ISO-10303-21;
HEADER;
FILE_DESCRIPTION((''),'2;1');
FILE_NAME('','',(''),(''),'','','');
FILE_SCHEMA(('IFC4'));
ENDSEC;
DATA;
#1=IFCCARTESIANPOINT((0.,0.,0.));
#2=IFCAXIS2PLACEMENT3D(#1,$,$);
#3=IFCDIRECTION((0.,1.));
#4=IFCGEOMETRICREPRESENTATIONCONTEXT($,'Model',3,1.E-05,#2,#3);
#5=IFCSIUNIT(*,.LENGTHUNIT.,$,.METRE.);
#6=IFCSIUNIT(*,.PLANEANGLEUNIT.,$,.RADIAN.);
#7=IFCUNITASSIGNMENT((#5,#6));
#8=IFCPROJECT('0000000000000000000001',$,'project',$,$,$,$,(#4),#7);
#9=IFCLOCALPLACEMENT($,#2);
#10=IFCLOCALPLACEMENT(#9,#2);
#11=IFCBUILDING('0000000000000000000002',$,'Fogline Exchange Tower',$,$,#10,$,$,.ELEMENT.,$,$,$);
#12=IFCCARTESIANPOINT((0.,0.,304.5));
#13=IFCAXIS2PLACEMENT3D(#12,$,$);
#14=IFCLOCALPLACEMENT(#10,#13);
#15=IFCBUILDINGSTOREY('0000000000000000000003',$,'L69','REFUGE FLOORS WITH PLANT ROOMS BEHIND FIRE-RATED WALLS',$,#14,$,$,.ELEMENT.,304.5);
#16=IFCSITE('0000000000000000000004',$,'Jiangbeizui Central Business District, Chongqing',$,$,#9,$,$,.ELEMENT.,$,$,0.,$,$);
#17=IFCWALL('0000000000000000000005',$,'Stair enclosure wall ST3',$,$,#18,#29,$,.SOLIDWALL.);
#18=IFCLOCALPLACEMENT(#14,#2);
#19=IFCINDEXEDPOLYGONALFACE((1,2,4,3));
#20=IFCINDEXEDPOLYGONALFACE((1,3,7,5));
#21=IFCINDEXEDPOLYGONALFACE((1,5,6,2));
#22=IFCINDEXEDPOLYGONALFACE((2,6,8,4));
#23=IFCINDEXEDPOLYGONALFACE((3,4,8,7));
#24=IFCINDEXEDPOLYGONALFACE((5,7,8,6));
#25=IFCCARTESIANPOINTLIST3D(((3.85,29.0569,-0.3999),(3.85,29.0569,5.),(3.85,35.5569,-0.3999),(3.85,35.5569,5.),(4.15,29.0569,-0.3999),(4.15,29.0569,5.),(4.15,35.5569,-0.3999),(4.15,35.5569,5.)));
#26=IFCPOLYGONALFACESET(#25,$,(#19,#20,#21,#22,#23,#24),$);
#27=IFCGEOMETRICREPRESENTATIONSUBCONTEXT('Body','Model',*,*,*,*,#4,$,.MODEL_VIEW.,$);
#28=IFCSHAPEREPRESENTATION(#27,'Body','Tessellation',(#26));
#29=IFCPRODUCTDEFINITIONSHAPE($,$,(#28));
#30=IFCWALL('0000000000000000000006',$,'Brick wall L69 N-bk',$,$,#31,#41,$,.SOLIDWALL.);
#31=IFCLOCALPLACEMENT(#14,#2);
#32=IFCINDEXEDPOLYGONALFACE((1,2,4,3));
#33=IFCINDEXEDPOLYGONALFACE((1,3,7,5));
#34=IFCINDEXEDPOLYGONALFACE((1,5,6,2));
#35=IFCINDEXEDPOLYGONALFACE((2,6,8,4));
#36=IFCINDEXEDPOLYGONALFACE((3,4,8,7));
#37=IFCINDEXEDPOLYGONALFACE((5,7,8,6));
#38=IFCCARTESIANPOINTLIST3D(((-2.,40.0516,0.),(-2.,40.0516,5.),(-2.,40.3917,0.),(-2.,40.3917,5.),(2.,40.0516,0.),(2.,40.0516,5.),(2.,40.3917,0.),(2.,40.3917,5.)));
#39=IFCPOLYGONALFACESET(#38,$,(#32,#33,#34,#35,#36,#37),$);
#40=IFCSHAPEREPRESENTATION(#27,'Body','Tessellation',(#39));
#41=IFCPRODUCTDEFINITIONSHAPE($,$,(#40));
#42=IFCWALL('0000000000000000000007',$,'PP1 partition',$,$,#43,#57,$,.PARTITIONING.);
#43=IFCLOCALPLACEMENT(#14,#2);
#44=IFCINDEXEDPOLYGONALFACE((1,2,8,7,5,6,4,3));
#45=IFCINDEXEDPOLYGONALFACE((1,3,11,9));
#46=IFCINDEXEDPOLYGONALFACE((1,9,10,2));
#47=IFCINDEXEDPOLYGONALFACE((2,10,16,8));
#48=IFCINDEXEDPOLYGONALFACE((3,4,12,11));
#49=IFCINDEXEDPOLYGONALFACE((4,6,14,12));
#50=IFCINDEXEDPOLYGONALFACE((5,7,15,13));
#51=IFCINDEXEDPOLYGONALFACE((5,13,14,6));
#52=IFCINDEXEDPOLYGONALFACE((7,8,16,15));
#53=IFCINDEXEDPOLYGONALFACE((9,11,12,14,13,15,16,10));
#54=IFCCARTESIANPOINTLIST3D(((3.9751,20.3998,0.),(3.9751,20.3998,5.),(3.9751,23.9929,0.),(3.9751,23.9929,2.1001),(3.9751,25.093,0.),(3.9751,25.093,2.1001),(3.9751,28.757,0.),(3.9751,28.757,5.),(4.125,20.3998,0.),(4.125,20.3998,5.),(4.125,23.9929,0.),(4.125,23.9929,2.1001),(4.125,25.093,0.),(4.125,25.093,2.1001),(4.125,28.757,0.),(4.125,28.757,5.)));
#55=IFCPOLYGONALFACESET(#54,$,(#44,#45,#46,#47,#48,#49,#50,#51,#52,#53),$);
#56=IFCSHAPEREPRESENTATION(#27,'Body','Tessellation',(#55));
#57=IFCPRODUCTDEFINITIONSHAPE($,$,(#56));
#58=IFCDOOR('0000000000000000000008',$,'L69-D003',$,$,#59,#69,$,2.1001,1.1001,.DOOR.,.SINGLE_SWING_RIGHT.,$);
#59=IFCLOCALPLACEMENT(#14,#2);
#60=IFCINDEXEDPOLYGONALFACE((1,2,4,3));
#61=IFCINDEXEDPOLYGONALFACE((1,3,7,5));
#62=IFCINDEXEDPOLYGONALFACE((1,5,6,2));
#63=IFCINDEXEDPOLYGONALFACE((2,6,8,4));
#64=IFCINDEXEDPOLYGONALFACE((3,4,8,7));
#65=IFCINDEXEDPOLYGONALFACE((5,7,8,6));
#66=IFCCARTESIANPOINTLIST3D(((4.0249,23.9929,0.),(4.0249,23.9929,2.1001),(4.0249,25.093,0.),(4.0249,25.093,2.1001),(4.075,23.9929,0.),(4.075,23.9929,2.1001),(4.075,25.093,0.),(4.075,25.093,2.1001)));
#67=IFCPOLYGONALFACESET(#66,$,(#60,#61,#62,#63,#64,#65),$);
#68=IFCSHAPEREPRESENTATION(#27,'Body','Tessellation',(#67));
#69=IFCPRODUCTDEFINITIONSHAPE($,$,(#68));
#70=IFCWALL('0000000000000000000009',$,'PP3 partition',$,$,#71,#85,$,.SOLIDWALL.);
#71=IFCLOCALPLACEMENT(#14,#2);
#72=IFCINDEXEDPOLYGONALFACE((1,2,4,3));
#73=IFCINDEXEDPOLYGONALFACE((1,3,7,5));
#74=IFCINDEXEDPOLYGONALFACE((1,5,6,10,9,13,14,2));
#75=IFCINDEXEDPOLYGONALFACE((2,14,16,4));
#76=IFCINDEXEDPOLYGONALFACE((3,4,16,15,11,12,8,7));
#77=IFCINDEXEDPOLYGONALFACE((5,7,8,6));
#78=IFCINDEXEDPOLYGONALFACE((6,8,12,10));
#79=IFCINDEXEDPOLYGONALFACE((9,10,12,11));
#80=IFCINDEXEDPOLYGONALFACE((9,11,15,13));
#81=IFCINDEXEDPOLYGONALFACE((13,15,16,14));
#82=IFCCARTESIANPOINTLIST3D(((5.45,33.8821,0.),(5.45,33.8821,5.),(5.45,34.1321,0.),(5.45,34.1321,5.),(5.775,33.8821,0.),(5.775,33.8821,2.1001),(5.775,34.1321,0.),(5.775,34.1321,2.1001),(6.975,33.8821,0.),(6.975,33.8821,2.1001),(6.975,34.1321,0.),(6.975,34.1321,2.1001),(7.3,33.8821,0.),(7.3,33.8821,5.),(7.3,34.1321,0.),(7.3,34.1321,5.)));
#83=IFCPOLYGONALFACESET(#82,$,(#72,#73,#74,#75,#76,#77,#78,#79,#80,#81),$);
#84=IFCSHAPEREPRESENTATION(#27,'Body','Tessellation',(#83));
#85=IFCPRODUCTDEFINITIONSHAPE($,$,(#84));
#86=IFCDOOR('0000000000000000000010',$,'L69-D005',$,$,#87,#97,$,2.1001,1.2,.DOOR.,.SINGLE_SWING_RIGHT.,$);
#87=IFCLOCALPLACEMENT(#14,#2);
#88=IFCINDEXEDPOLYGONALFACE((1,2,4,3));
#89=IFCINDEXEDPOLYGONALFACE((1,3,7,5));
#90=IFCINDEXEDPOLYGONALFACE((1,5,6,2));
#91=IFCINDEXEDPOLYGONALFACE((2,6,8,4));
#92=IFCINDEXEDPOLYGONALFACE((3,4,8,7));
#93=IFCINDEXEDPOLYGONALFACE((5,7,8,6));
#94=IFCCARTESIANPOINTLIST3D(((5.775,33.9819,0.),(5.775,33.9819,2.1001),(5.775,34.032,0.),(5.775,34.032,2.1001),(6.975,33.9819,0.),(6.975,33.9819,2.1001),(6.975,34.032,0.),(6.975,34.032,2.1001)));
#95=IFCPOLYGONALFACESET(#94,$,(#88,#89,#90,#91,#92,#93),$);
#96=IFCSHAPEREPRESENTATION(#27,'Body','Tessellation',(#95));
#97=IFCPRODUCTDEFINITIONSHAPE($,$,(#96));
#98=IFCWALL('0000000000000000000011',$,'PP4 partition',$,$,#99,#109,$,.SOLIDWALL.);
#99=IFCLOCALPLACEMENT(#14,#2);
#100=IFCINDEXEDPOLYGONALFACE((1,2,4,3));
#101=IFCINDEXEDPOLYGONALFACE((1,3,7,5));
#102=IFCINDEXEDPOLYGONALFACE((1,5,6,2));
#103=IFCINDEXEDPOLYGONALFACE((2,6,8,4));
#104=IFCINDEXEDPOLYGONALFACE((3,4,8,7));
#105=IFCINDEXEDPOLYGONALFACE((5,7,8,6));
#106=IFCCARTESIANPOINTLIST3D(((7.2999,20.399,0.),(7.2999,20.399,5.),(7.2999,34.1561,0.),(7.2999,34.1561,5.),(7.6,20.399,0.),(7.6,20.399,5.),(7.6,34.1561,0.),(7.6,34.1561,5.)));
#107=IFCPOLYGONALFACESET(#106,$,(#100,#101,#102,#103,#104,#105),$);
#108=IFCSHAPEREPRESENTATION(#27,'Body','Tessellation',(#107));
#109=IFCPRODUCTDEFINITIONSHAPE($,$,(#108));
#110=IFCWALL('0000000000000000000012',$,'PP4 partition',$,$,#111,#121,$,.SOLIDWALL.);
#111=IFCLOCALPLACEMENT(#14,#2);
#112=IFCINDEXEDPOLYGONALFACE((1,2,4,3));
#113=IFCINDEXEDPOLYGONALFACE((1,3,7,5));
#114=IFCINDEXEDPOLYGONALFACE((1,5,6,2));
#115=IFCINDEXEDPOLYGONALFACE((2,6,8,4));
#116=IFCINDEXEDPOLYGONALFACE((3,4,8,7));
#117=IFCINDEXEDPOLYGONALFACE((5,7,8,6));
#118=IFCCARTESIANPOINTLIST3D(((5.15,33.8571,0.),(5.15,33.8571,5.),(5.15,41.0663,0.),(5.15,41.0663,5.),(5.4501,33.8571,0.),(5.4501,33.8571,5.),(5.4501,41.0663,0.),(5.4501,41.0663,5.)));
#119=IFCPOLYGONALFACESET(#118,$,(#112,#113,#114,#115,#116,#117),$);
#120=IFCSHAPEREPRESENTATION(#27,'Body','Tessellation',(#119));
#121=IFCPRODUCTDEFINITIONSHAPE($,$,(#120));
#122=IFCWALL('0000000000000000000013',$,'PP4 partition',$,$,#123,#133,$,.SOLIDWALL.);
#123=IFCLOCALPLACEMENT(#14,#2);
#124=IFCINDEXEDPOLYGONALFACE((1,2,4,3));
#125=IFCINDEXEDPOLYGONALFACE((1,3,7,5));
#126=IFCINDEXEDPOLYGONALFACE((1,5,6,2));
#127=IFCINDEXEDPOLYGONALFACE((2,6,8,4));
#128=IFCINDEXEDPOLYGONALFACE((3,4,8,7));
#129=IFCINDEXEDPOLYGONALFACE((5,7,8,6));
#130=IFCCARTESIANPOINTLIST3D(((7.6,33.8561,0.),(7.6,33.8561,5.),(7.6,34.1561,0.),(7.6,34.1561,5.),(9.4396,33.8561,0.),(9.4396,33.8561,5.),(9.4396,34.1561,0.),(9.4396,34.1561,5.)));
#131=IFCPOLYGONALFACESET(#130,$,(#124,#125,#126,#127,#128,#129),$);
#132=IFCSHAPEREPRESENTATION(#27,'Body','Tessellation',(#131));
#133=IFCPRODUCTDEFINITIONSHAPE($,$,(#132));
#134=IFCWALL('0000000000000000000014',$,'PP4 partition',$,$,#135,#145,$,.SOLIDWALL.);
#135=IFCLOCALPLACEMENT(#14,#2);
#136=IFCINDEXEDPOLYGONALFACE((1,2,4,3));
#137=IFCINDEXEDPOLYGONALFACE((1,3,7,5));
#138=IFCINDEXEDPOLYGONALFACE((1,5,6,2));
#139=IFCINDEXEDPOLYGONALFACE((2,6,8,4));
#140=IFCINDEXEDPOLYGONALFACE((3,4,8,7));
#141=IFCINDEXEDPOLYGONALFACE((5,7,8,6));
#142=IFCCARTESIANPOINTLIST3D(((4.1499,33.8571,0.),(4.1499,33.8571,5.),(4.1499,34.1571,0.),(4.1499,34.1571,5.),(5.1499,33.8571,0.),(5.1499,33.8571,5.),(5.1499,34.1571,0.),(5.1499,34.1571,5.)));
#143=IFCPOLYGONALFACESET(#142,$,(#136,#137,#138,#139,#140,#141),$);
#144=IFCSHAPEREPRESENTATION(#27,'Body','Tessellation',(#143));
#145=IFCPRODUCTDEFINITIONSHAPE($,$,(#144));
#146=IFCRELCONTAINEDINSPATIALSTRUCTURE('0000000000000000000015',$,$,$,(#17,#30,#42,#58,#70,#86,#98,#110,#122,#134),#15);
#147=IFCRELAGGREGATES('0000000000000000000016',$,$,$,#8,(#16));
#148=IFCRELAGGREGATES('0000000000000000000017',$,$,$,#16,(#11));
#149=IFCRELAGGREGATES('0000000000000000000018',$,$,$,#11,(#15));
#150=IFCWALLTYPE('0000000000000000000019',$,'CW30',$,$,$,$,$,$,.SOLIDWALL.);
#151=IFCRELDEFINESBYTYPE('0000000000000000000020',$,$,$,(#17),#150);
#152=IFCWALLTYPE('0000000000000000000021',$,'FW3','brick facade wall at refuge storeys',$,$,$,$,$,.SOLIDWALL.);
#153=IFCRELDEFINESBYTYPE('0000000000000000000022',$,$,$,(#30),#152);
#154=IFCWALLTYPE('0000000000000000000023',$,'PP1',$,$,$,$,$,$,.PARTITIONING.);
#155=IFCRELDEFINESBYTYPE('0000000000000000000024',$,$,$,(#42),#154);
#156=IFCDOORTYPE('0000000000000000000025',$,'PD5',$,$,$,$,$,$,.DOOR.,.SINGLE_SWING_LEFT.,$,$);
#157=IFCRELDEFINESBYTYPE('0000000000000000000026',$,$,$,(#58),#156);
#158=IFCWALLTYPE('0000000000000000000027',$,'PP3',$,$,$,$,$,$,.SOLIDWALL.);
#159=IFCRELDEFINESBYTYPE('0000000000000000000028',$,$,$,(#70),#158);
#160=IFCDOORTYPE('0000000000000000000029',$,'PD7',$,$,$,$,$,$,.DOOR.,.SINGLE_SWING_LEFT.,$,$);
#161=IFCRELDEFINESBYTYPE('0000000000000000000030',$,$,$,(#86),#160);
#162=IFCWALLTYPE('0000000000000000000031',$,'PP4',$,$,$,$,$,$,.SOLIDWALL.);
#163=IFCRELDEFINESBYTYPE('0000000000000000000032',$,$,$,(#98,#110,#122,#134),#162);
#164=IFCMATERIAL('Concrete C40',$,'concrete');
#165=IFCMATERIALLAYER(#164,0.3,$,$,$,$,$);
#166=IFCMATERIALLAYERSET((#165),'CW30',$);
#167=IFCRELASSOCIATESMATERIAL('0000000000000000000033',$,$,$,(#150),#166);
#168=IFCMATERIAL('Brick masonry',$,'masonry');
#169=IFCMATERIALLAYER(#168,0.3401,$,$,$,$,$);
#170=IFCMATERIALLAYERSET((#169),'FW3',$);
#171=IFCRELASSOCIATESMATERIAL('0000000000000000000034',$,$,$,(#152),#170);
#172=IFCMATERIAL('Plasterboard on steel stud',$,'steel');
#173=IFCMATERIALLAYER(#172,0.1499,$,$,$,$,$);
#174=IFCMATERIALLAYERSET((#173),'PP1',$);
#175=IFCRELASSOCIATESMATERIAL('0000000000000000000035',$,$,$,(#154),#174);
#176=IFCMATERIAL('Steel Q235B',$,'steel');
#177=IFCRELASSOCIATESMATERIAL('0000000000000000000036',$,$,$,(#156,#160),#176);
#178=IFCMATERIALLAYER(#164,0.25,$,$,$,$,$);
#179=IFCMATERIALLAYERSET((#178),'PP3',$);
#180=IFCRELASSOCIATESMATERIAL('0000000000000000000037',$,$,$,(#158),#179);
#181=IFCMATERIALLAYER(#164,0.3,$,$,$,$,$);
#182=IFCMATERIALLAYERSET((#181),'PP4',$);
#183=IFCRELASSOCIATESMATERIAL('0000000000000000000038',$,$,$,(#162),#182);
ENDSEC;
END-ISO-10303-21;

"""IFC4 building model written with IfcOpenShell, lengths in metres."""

from ifc_helpers import new_model, si_unit, direction, frame, frame_2d, origin, place, context, subcontext, project, spatial, rectangle, extrude, material, layer, layer_set, type_object, element, fill, save


model = new_model("IFC4")

# Units and contexts
model_context = context("Model", 3, precision=1e-05, world=origin(), true_north=direction((0.0, 1.0)))
body_context = subcontext(model_context, "Body", "Model", "MODEL_VIEW")
ifc_project = project(units=[si_unit("LENGTHUNIT", "METRE"), si_unit("PLANEANGLEUNIT", "RADIAN")], contexts=[model_context])

# Site, building, storey
site_placement = place(None, origin())
site = spatial("IfcSite", under=ifc_project, at=site_placement, Name="Jiangbeizui Central Business District, Chongqing", CompositionType="ELEMENT", RefElevation=0.0)
building_placement = place(site_placement, origin())
building = spatial("IfcBuilding", under=site, at=building_placement, Name="Fogline Exchange Tower", CompositionType="ELEMENT")
storey_placement = place(building_placement, frame((0.0, 0.0, 304.5)))
storey = spatial("IfcBuildingStorey", under=building, at=storey_placement, Name="L69", Description="REFUGE FLOORS WITH PLANT ROOMS BEHIND FIRE-RATED WALLS", CompositionType="ELEMENT", Elevation=304.5)

# Shared definitions
ifc_material_1 = material(Name="Concrete C40", Category="concrete")

# Walls
ifc_layer_1 = layer(ifc_material_1, 0.3)
ifc_layer_set_1 = layer_set([ifc_layer_1], Name="CW30")
wall_type_1 = type_object("IfcWallType", Name="CW30", PredefinedType="SOLIDWALL", material=ifc_layer_set_1)
wall_1_placement = place(storey_placement, frame((4.0, 29.0569, -0.3999), z_axis=(0.0, 0.0, 1.0), x_axis=(0.0, 1.0, 0.0)))
element("IfcWall", 1, at=wall_1_placement, inside=storey, type_object=wall_type_1, Name="Stair enclosure wall ST3", PredefinedType="SOLIDWALL", context=body_context, shape_type="SweptSolid", body=[
    extrude(rectangle(XDim=6.5, YDim=0.3, at=frame_2d((3.25, 0.0))), origin(), (0.0, 0.0, 1.0), 5.3999),
])
ifc_material_2 = material(Name="Brick masonry", Category="masonry")
ifc_layer_2 = layer(ifc_material_2, 0.3401)
ifc_layer_set_2 = layer_set([ifc_layer_2], Name="FW3")
wall_type_2 = type_object("IfcWallType", Name="FW3", Description="brick facade wall at refuge storeys", PredefinedType="SOLIDWALL", material=ifc_layer_set_2)
wall_2_placement = place(storey_placement, frame((2.0, 40.2217, 0.0), z_axis=(0.0, 0.0, 1.0), x_axis=(-1.0, 0.0, 0.0)))
element("IfcWall", 2, at=wall_2_placement, inside=storey, type_object=wall_type_2, Name="Brick wall L69 N-bk", PredefinedType="SOLIDWALL", context=body_context, shape_type="SweptSolid", body=[
    extrude(rectangle(XDim=4.0, YDim=0.3401, at=frame_2d((2.0, 0.0))), origin(), (0.0, 0.0, 1.0), 5.0),
])

# Walls, openings, doors
ifc_material_3 = material(Name="Plasterboard on steel stud", Category="steel")
ifc_layer_3 = layer(ifc_material_3, 0.1499)
ifc_layer_set_3 = layer_set([ifc_layer_3], Name="PP1")
wall_type_3 = type_object("IfcWallType", Name="PP1", PredefinedType="PARTITIONING", material=ifc_layer_set_3)
wall_3_placement = place(storey_placement, frame((4.05, 28.7571, 0.0), z_axis=(0.0, 0.0, 1.0), x_axis=(0.0, -1.0, 0.0)))
wall_3 = element("IfcWall", 3, at=wall_3_placement, inside=storey, type_object=wall_type_3, Name="PP1 partition", PredefinedType="PARTITIONING", context=body_context, shape_type="SweptSolid", body=[
    extrude(rectangle(XDim=8.3572, YDim=0.1499, at=frame_2d((4.1787, 0.0))), origin(), (0.0, 0.0, 1.0), 5.0),
])
opening_1_placement = place(wall_3_placement, frame((3.6641, 0.0, 0.0)))
opening_1 = element("IfcOpeningElement", 4, at=opening_1_placement, cuts=wall_3, PredefinedType="OPENING", context=body_context, shape_type="SweptSolid", body=[
    extrude(rectangle(XDim=1.1001, YDim=2.1001, at=frame_2d((0.55, 1.05))), frame((0.0, 0.085, 0.0), z_axis=(0.0, -1.0, 0.0), x_axis=(1.0, 0.0, 0.0)), (0.0, 0.0, 1.0), 0.1699),
])
ifc_material_4 = material(Name="Steel Q235B", Category="steel")
door_type_1 = type_object("IfcDoorType", Name="PD5", OperationType="SINGLE_SWING_LEFT", PredefinedType="DOOR", material=ifc_material_4)
door_1_placement = place(opening_1_placement, origin())
door_1 = element("IfcDoor", 5, at=door_1_placement, inside=storey, type_object=door_type_1, Name="L69-D003", OperationType="SINGLE_SWING_RIGHT", OverallHeight=2.1001, OverallWidth=1.1001, PredefinedType="DOOR", context=body_context, shape_type="SweptSolid", body=[
    extrude(rectangle(XDim=1.1001, YDim=2.1001, at=frame_2d((0.55, 1.05))), frame((0.0, 0.0249, 0.0), z_axis=(0.0, -1.0, 0.0), x_axis=(1.0, 0.0, 0.0)), (0.0, 0.0, 1.0), 0.05),
])
fill(opening_1, door_1)
ifc_layer_4 = layer(ifc_material_1, 0.25)
ifc_layer_set_4 = layer_set([ifc_layer_4], Name="PP3")
wall_type_4 = type_object("IfcWallType", Name="PP3", PredefinedType="SOLIDWALL", material=ifc_layer_set_4)
wall_4_placement = place(storey_placement, frame((5.45, 34.0071, 0.0), z_axis=(0.0, 0.0, 1.0), x_axis=(1.0, 0.0, 0.0)))
wall_4 = element("IfcWall", 6, at=wall_4_placement, inside=storey, type_object=wall_type_4, Name="PP3 partition", PredefinedType="SOLIDWALL", context=body_context, shape_type="SweptSolid", body=[
    extrude(rectangle(XDim=1.8501, YDim=0.25, at=frame_2d((0.925, 0.0))), origin(), (0.0, 0.0, 1.0), 5.0),
])
opening_2_placement = place(wall_4_placement, frame((0.325, 0.0, 0.0)))
opening_2 = element("IfcOpeningElement", 7, at=opening_2_placement, cuts=wall_4, PredefinedType="OPENING", context=body_context, shape_type="SweptSolid", body=[
    extrude(rectangle(XDim=1.2, YDim=2.1001, at=frame_2d((0.6001, 1.05))), frame((0.0, 0.135, 0.0), z_axis=(0.0, -1.0, 0.0), x_axis=(1.0, 0.0, 0.0)), (0.0, 0.0, 1.0), 0.27),
])
door_type_2 = type_object("IfcDoorType", Name="PD7", OperationType="SINGLE_SWING_LEFT", PredefinedType="DOOR", material=ifc_material_4)
door_2_placement = place(opening_2_placement, origin())
door_2 = element("IfcDoor", 8, at=door_2_placement, inside=storey, type_object=door_type_2, Name="L69-D005", OperationType="SINGLE_SWING_RIGHT", OverallHeight=2.1001, OverallWidth=1.2, PredefinedType="DOOR", context=body_context, shape_type="SweptSolid", body=[
    extrude(rectangle(XDim=1.2, YDim=2.1001, at=frame_2d((0.6001, 1.05))), frame((0.0, 0.0249, 0.0), z_axis=(0.0, -1.0, 0.0), x_axis=(1.0, 0.0, 0.0)), (0.0, 0.0, 1.0), 0.05),
])
fill(opening_2, door_2)

# Walls
ifc_layer_5 = layer(ifc_material_1, 0.3)
ifc_layer_set_5 = layer_set([ifc_layer_5], Name="PP4")
wall_type_5 = type_object("IfcWallType", Name="PP4", PredefinedType="SOLIDWALL", material=ifc_layer_set_5)
wall_5_placement = place(storey_placement, frame((7.45, 34.156, 0.0), z_axis=(0.0, 0.0, 1.0), x_axis=(0.0, -1.0, 0.0)))
element("IfcWall", 9, at=wall_5_placement, inside=storey, type_object=wall_type_5, Name="PP4 partition", PredefinedType="SOLIDWALL", context=body_context, shape_type="SweptSolid", body=[
    extrude(rectangle(XDim=13.7571, YDim=0.3, at=frame_2d((6.8784, 0.0))), origin(), (0.0, 0.0, 1.0), 5.0),
])
wall_6_placement = place(storey_placement, frame((5.3, 41.0662, 0.0), z_axis=(0.0, 0.0, 1.0), x_axis=(0.0, -1.0, 0.0)))
element("IfcWall", 10, at=wall_6_placement, inside=storey, type_object=wall_type_5, Name="PP4 partition", PredefinedType="SOLIDWALL", context=body_context, shape_type="SweptSolid", body=[
    extrude(rectangle(XDim=7.2092, YDim=0.3, at=frame_2d((3.6045, 0.0))), origin(), (0.0, 0.0, 1.0), 5.0),
])
wall_7_placement = place(storey_placement, frame((9.4397, 34.0061, 0.0), z_axis=(0.0, 0.0, 1.0), x_axis=(-1.0, 0.0, 0.0)))
element("IfcWall", 11, at=wall_7_placement, inside=storey, type_object=wall_type_5, Name="PP4 partition", PredefinedType="SOLIDWALL", context=body_context, shape_type="SweptSolid", body=[
    extrude(rectangle(XDim=1.8396, YDim=0.3, at=frame_2d((0.9199, 0.0))), origin(), (0.0, 0.0, 1.0), 5.0),
])
wall_8_placement = place(storey_placement, frame((4.1499, 34.0071, 0.0), z_axis=(0.0, 0.0, 1.0), x_axis=(1.0, 0.0, 0.0)))
element("IfcWall", 12, at=wall_8_placement, inside=storey, type_object=wall_type_5, Name="PP4 partition", PredefinedType="SOLIDWALL", context=body_context, shape_type="SweptSolid", body=[
    extrude(rectangle(XDim=1.0, YDim=0.3, at=frame_2d((0.5, 0.0))), origin(), (0.0, 0.0, 1.0), 5.0),
])

save(model, "model.ifc")
